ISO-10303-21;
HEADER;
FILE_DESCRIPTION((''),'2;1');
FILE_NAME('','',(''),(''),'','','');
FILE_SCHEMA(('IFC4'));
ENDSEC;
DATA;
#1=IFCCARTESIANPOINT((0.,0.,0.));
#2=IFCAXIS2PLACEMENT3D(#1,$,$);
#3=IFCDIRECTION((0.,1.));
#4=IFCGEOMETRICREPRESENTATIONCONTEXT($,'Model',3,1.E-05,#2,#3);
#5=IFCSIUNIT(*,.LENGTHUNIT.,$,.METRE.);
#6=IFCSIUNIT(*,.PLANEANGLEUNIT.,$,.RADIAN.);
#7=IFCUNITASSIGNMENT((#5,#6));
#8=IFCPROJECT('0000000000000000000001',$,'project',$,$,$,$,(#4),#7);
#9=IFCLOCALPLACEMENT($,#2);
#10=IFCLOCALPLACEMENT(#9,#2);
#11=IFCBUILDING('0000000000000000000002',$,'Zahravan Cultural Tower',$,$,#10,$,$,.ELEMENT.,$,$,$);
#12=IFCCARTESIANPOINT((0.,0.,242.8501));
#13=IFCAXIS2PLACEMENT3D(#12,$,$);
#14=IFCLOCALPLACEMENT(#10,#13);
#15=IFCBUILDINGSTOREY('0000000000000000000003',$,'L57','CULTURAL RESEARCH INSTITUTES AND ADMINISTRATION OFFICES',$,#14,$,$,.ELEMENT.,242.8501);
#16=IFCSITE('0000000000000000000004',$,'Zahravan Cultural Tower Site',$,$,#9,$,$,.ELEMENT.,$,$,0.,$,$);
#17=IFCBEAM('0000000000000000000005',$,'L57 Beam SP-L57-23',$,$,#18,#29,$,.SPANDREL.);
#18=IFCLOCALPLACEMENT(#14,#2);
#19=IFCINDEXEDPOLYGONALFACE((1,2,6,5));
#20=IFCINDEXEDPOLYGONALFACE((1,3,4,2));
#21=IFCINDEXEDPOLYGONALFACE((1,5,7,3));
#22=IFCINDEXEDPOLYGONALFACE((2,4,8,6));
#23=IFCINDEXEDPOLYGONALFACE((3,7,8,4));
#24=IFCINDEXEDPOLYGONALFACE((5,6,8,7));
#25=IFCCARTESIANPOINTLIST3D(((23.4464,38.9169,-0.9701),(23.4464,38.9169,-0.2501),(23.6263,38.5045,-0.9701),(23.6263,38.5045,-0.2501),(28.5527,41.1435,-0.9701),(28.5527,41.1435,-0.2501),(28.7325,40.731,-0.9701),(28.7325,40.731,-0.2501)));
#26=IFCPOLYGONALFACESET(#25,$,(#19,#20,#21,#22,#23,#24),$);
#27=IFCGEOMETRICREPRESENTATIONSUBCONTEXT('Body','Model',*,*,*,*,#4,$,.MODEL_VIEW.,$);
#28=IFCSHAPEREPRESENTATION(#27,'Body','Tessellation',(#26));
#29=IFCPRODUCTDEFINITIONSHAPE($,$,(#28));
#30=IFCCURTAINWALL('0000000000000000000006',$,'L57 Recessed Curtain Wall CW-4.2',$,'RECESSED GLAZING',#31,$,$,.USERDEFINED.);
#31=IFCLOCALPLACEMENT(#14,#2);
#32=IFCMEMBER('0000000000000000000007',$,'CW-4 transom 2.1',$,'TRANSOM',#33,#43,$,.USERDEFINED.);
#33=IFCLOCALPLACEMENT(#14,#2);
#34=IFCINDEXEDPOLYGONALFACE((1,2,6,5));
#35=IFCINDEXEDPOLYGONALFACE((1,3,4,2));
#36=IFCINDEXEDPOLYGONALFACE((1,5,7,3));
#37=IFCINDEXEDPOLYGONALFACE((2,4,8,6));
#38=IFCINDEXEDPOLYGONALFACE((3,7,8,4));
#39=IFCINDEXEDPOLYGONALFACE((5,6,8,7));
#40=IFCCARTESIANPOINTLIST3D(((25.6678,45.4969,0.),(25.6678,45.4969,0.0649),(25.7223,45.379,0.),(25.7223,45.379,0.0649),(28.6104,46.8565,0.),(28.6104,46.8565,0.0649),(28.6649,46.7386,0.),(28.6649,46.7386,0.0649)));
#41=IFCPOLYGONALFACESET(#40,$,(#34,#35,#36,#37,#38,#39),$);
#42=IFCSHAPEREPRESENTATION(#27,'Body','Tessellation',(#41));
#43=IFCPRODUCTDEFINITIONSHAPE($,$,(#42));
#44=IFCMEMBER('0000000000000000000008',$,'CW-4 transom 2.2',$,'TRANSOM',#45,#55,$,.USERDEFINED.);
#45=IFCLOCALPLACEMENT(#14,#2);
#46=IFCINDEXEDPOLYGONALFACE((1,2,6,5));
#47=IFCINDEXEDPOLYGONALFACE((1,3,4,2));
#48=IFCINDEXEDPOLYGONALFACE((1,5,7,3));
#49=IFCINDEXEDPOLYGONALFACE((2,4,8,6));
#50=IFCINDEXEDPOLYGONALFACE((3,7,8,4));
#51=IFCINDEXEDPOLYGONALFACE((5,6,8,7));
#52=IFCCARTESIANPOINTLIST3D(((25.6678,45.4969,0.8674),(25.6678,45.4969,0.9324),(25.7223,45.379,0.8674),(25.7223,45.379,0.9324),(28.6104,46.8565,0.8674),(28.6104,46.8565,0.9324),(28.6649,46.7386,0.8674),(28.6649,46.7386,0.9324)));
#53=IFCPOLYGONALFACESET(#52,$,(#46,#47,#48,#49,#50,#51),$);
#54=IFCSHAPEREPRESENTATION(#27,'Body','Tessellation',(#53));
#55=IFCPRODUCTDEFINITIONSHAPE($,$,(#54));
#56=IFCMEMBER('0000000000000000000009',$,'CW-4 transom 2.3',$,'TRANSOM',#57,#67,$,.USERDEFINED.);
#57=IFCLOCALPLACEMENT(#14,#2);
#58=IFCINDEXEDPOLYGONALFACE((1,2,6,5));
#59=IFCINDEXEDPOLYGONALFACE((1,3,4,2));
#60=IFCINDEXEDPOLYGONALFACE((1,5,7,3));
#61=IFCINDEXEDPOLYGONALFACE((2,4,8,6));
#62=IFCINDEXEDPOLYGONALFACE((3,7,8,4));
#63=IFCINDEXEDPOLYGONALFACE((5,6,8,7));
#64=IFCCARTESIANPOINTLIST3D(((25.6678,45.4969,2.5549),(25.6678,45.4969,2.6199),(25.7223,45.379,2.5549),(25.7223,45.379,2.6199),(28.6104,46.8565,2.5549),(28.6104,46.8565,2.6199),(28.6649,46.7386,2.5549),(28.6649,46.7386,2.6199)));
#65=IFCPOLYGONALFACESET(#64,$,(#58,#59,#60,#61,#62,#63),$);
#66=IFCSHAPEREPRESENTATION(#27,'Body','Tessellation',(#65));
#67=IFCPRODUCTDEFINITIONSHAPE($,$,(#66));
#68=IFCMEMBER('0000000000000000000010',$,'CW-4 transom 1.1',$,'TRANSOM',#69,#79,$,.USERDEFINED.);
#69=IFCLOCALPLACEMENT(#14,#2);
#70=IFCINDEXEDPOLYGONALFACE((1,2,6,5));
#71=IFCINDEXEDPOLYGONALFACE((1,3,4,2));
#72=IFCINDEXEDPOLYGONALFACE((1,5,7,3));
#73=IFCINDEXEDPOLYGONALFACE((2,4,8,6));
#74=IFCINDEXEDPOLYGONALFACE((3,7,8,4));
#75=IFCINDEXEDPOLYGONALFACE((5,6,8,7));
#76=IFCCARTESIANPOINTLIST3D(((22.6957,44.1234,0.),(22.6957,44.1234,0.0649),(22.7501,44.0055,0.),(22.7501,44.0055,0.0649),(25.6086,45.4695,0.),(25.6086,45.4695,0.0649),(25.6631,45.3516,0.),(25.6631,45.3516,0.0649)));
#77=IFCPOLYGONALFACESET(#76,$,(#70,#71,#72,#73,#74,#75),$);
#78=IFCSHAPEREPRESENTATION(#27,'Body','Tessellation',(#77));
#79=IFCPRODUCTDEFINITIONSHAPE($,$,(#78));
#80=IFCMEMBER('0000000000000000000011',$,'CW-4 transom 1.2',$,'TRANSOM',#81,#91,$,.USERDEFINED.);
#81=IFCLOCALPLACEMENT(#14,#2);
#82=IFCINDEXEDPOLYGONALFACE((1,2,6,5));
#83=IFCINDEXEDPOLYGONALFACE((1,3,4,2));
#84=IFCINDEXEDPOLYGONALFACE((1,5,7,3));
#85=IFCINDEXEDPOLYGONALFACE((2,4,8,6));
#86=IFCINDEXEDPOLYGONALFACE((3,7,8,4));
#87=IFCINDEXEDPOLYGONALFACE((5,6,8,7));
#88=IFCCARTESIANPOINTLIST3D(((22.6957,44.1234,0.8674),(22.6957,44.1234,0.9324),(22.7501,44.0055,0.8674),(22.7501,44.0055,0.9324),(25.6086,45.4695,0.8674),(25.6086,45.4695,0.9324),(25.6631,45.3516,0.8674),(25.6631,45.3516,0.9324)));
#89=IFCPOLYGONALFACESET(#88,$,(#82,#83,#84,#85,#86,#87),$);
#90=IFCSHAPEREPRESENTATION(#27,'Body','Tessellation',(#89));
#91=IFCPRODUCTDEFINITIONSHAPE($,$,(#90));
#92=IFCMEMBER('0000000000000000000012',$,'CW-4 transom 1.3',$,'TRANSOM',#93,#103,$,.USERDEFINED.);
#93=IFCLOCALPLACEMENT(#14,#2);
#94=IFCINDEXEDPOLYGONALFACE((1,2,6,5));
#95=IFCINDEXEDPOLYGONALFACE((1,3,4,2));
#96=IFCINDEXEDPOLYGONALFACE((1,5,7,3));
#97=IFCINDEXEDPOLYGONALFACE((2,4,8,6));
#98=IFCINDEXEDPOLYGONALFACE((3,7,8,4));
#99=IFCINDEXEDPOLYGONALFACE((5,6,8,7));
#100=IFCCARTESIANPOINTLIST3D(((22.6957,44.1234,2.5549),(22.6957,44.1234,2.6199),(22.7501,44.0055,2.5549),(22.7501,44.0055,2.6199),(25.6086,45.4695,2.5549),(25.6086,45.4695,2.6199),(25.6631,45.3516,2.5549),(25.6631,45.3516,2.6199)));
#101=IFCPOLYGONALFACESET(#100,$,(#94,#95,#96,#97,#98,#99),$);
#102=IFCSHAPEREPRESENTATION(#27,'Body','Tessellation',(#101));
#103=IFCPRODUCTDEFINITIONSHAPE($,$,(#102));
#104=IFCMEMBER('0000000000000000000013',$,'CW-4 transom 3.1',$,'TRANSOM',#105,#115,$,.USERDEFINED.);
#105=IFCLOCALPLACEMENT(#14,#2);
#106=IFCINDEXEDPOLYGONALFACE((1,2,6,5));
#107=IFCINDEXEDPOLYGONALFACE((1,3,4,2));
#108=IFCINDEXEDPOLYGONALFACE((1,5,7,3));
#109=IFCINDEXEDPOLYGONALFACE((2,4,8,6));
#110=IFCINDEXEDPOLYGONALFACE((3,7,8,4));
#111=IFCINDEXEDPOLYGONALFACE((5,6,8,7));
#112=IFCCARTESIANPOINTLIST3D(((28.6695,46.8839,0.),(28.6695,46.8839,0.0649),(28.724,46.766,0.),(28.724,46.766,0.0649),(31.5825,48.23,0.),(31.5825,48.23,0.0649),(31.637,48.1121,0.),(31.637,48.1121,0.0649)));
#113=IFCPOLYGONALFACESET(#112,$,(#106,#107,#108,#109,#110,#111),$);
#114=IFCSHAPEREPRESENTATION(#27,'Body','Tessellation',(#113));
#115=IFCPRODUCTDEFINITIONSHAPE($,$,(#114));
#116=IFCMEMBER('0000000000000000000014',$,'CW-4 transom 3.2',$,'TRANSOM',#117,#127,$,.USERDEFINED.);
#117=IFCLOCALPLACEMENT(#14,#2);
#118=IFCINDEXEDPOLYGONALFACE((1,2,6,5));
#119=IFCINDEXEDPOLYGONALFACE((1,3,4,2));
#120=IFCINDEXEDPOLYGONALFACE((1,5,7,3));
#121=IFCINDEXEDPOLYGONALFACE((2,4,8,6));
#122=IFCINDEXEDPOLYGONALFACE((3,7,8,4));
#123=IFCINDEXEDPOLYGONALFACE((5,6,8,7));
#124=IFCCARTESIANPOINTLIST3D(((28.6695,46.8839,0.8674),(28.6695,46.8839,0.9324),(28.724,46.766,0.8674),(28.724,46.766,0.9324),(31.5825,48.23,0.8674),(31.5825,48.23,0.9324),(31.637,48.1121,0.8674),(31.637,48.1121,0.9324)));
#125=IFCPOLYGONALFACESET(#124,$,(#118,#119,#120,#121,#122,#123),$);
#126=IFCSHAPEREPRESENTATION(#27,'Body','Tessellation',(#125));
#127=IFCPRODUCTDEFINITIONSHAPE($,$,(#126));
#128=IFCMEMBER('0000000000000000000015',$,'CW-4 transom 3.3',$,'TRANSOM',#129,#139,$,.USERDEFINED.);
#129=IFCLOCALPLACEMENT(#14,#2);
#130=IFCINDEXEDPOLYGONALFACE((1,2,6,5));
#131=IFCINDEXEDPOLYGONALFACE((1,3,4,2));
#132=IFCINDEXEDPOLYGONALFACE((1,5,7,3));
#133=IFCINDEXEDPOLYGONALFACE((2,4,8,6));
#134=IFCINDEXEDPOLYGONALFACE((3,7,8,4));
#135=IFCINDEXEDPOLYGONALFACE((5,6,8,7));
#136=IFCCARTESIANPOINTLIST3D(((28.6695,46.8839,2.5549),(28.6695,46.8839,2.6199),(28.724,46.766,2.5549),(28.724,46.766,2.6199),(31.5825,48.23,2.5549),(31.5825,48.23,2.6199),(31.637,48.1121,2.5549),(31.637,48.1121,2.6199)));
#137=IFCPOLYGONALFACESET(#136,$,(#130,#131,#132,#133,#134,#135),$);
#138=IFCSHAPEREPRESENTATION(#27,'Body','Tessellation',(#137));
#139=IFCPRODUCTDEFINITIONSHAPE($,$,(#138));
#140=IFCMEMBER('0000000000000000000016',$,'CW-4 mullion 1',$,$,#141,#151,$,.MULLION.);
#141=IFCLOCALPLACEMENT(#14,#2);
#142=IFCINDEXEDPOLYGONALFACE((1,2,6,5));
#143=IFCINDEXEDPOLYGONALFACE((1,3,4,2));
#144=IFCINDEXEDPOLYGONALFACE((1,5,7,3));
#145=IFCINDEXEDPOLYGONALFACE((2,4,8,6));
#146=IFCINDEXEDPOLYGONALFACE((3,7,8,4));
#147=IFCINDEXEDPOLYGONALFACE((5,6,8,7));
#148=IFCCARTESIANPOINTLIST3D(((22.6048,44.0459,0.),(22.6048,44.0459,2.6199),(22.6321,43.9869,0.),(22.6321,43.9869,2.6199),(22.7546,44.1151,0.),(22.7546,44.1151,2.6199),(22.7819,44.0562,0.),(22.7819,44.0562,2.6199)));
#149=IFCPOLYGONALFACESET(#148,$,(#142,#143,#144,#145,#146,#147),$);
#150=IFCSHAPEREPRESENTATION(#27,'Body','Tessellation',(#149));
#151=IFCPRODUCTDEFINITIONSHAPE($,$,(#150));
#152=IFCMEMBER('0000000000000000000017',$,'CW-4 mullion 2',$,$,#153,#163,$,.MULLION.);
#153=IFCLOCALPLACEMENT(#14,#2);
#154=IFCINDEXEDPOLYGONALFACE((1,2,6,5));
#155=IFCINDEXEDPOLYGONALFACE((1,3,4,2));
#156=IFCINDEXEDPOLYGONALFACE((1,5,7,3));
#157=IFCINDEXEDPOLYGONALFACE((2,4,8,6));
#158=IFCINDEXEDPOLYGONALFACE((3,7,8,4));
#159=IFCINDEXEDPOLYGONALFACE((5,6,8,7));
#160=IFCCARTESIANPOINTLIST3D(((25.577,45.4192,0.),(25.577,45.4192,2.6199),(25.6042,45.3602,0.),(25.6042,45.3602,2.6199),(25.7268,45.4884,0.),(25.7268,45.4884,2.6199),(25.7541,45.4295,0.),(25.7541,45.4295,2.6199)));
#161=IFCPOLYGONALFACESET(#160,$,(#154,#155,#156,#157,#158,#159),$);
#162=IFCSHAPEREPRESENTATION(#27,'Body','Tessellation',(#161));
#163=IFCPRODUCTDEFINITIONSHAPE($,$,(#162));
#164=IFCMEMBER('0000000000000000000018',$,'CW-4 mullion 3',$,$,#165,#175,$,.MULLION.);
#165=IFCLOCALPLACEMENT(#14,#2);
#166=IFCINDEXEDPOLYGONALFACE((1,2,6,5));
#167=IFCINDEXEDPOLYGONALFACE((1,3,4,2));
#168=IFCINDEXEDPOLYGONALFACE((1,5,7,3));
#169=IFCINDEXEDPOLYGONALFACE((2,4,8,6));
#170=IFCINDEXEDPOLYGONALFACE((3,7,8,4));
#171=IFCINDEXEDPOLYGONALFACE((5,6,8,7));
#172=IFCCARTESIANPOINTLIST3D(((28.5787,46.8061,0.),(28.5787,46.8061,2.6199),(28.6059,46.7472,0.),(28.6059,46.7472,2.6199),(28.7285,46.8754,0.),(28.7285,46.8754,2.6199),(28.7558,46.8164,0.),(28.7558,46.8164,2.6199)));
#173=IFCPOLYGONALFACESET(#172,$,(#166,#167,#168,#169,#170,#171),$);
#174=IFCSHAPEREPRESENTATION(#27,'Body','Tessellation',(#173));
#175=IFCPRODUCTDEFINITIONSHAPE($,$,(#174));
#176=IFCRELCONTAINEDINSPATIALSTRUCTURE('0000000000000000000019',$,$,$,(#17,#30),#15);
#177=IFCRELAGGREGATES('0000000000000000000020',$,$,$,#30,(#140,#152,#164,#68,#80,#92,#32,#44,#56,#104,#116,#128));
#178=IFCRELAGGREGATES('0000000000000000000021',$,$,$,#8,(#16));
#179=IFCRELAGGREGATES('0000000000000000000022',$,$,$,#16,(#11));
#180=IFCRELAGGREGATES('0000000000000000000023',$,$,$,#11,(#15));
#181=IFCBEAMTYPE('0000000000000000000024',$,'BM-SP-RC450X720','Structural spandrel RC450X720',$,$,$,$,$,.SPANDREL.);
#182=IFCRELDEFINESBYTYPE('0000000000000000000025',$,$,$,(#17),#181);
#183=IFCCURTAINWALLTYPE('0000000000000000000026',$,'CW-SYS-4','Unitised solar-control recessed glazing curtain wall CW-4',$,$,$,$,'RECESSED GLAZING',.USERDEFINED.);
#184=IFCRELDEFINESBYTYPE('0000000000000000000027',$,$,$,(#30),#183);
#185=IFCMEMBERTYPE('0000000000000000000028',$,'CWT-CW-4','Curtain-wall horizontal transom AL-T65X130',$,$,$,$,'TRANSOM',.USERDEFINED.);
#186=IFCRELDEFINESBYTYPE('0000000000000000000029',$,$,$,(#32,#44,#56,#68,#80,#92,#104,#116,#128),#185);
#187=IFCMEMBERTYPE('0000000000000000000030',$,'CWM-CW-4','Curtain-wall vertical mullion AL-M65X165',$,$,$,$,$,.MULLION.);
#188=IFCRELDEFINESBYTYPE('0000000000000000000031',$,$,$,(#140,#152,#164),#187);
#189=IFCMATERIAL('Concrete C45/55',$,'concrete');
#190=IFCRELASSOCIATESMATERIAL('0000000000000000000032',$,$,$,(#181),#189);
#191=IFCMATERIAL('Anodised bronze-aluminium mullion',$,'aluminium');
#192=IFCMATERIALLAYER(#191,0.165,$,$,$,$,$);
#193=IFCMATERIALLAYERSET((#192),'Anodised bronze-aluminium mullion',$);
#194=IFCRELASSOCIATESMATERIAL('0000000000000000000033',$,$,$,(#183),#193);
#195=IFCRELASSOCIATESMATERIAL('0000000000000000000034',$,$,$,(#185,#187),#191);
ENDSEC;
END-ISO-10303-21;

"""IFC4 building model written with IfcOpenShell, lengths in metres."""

from ifc_helpers import new_model, si_unit, direction, frame, origin, origin_2d, place, context, subcontext, project, spatial, rectangle, extrude, source, transform, mapped, material, layer, layer_set, material_profile, profile_set, type_object, element, aggregate, save


model = new_model("IFC4")

# Units and contexts
model_context = context("Model", 3, precision=1e-05, world=origin(), true_north=direction((0.0, 1.0)))
body_context = subcontext(model_context, "Body", "Model", "MODEL_VIEW")
ifc_project = project(units=[si_unit("LENGTHUNIT", "METRE"), si_unit("PLANEANGLEUNIT", "RADIAN")], contexts=[model_context])

# Site, building, storey
site_placement = place(None, origin())
site = spatial("IfcSite", under=ifc_project, at=site_placement, Name="Zahravan Cultural Tower Site", CompositionType="ELEMENT", RefElevation=0.0)
building_placement = place(site_placement, origin())
building = spatial("IfcBuilding", under=site, at=building_placement, Name="Zahravan Cultural Tower", CompositionType="ELEMENT")
storey_placement = place(building_placement, frame((0.0, 0.0, 242.8501)))
storey = spatial("IfcBuildingStorey", under=building, at=storey_placement, Name="L57", Description="CULTURAL RESEARCH INSTITUTES AND ADMINISTRATION OFFICES", CompositionType="ELEMENT", Elevation=242.8501)

# Beam
ifc_material_1 = material(Name="Concrete C45/55", Category="concrete")
ifc_material_profile_1 = material_profile(ifc_material_1, rectangle(XDim=0.45, YDim=0.72, at=origin_2d()), Name="RC450X720")
ifc_profile_set_1 = profile_set([ifc_material_profile_1], Name="Concrete C45/55")
beam_type_1 = type_object("IfcBeamType", Name="BM-SP-RC450X720", Description="Structural spandrel RC450X720", PredefinedType="SPANDREL", material=ifc_profile_set_1)
shared_shape_1 = source(origin(), body_context, "Body", "SweptSolid", [
    extrude(rectangle(XDim=0.45, YDim=0.72, at=origin_2d()), origin(), (0.0, 0.0, 1.0), 5.5706),
])
beam_1_placement = place(storey_placement, frame((28.6426, 40.9373, -0.6101), z_axis=(-0.916645, -0.399703, 0.0), x_axis=(0.399703, -0.916645, 0.0)))
element("IfcBeam", 1, at=beam_1_placement, inside=storey, type_object=beam_type_1, Name="L57 Beam SP-L57-23", PredefinedType="SPANDREL", context=body_context, shape_type="MappedRepresentation", body=[
    mapped(shared_shape_1, transform((0.0, 0.0, 0.0), x_axis=(1.0, 0.0, 0.0), y_axis=(0.0, 1.0, 0.0), z_axis=(0.0, 0.0, 1.0), scale=1.0)),
])

# Curtain wall, members
ifc_material_2 = material(Name="Anodised bronze-aluminium mullion", Category="aluminium")
ifc_layer_1 = layer(ifc_material_2, 0.165)
ifc_layer_set_1 = layer_set([ifc_layer_1], Name="Anodised bronze-aluminium mullion")
curtain_wall_type = type_object("IfcCurtainWallType", Name="CW-SYS-4", Description="Unitised solar-control recessed glazing curtain wall CW-4", ElementType="RECESSED GLAZING", PredefinedType="USERDEFINED", material=ifc_layer_set_1)
curtain_wall_placement = place(storey_placement, origin())
curtain_wall = element("IfcCurtainWall", 2, at=curtain_wall_placement, inside=storey, type_object=curtain_wall_type, Name="L57 Recessed Curtain Wall CW-4.2", ObjectType="RECESSED GLAZING", PredefinedType="USERDEFINED")
ifc_material_profile_2 = material_profile(ifc_material_2, rectangle(XDim=0.1299, YDim=0.0649, at=origin_2d()), Name="AL-T65X130")
ifc_profile_set_2 = profile_set([ifc_material_profile_2], Name="Anodised bronze-aluminium mullion")
member_type_1 = type_object("IfcMemberType", Name="CWT-CW-4", Description="Curtain-wall horizontal transom AL-T65X130", ElementType="TRANSOM", PredefinedType="USERDEFINED", material=ifc_profile_set_2)
shared_shape_2 = source(origin(), body_context, "Body", "SweptSolid", [
    extrude(rectangle(XDim=0.1299, YDim=0.0649, at=origin_2d()), origin(), (0.0, 0.0, 1.0), 3.2415),
])
member_1_placement = place(storey_placement, frame((25.6951, 45.438, 0.0325), z_axis=(0.907785, 0.419435, 0.0), x_axis=(-0.419435, 0.907785, 0.0)))
member_1 = element("IfcMember", 3, at=member_1_placement, type_object=member_type_1, Name="CW-4 transom 2.1", ObjectType="TRANSOM", PredefinedType="USERDEFINED", context=body_context, shape_type="MappedRepresentation", body=[
    mapped(shared_shape_2, transform((0.0, 0.0, 0.0), x_axis=(1.0, 0.0, 0.0), y_axis=(0.0, 1.0, 0.0), z_axis=(0.0, 0.0, 1.0), scale=1.0)),
])
member_2_placement = place(storey_placement, frame((25.6951, 45.438, 0.8999), z_axis=(0.907785, 0.419435, 0.0), x_axis=(-0.419435, 0.907785, 0.0)))
member_2 = element("IfcMember", 4, at=member_2_placement, type_object=member_type_1, Name="CW-4 transom 2.2", ObjectType="TRANSOM", PredefinedType="USERDEFINED", context=body_context, shape_type="MappedRepresentation", body=[
    mapped(shared_shape_2, transform((0.0, 0.0, 0.0), x_axis=(1.0, 0.0, 0.0), y_axis=(0.0, 1.0, 0.0), z_axis=(0.0, 0.0, 1.0), scale=1.0)),
])
member_3_placement = place(storey_placement, frame((25.6951, 45.438, 2.5874), z_axis=(0.907785, 0.419435, 0.0), x_axis=(-0.419435, 0.907785, 0.0)))
member_3 = element("IfcMember", 5, at=member_3_placement, type_object=member_type_1, Name="CW-4 transom 2.3", ObjectType="TRANSOM", PredefinedType="USERDEFINED", context=body_context, shape_type="MappedRepresentation", body=[
    mapped(shared_shape_2, transform((0.0, 0.0, 0.0), x_axis=(1.0, 0.0, 0.0), y_axis=(0.0, 1.0, 0.0), z_axis=(0.0, 0.0, 1.0), scale=1.0)),
])
shared_shape_3 = source(origin(), body_context, "Body", "SweptSolid", [
    extrude(rectangle(XDim=0.1299, YDim=0.0649, at=origin_2d()), origin(), (0.0, 0.0, 1.0), 3.209),
])
member_4_placement = place(storey_placement, frame((22.7229, 44.0645, 0.0325), z_axis=(0.907759, 0.419492, 0.0), x_axis=(-0.419492, 0.907759, 0.0)))
member_4 = element("IfcMember", 6, at=member_4_placement, type_object=member_type_1, Name="CW-4 transom 1.1", ObjectType="TRANSOM", PredefinedType="USERDEFINED", context=body_context, shape_type="MappedRepresentation", body=[
    mapped(shared_shape_3, transform((0.0, 0.0, 0.0), x_axis=(1.0, 0.0, 0.0), y_axis=(0.0, 1.0, 0.0), z_axis=(0.0, 0.0, 1.0), scale=1.0)),
])
member_5_placement = place(storey_placement, frame((22.7229, 44.0645, 0.8999), z_axis=(0.907759, 0.419492, 0.0), x_axis=(-0.419492, 0.907759, 0.0)))
member_5 = element("IfcMember", 7, at=member_5_placement, type_object=member_type_1, Name="CW-4 transom 1.2", ObjectType="TRANSOM", PredefinedType="USERDEFINED", context=body_context, shape_type="MappedRepresentation", body=[
    mapped(shared_shape_3, transform((0.0, 0.0, 0.0), x_axis=(1.0, 0.0, 0.0), y_axis=(0.0, 1.0, 0.0), z_axis=(0.0, 0.0, 1.0), scale=1.0)),
])
member_6_placement = place(storey_placement, frame((22.7229, 44.0645, 2.5874), z_axis=(0.907759, 0.419492, 0.0), x_axis=(-0.419492, 0.907759, 0.0)))
member_6 = element("IfcMember", 8, at=member_6_placement, type_object=member_type_1, Name="CW-4 transom 1.3", ObjectType="TRANSOM", PredefinedType="USERDEFINED", context=body_context, shape_type="MappedRepresentation", body=[
    mapped(shared_shape_3, transform((0.0, 0.0, 0.0), x_axis=(1.0, 0.0, 0.0), y_axis=(0.0, 1.0, 0.0), z_axis=(0.0, 0.0, 1.0), scale=1.0)),
])
member_7_placement = place(storey_placement, frame((28.6968, 46.825, 0.0325), z_axis=(0.907759, 0.419492, 0.0), x_axis=(-0.419492, 0.907759, 0.0)))
member_7 = element("IfcMember", 9, at=member_7_placement, type_object=member_type_1, Name="CW-4 transom 3.1", ObjectType="TRANSOM", PredefinedType="USERDEFINED", context=body_context, shape_type="MappedRepresentation", body=[
    mapped(shared_shape_3, transform((0.0, 0.0, 0.0), x_axis=(1.0, 0.0, 0.0), y_axis=(0.0, 1.0, 0.0), z_axis=(0.0, 0.0, 1.0), scale=1.0)),
])
member_8_placement = place(storey_placement, frame((28.6968, 46.825, 0.8999), z_axis=(0.907759, 0.419492, 0.0), x_axis=(-0.419492, 0.907759, 0.0)))
member_8 = element("IfcMember", 10, at=member_8_placement, type_object=member_type_1, Name="CW-4 transom 3.2", ObjectType="TRANSOM", PredefinedType="USERDEFINED", context=body_context, shape_type="MappedRepresentation", body=[
    mapped(shared_shape_3, transform((0.0, 0.0, 0.0), x_axis=(1.0, 0.0, 0.0), y_axis=(0.0, 1.0, 0.0), z_axis=(0.0, 0.0, 1.0), scale=1.0)),
])
member_9_placement = place(storey_placement, frame((28.6968, 46.825, 2.5874), z_axis=(0.907759, 0.419492, 0.0), x_axis=(-0.419492, 0.907759, 0.0)))
member_9 = element("IfcMember", 11, at=member_9_placement, type_object=member_type_1, Name="CW-4 transom 3.3", ObjectType="TRANSOM", PredefinedType="USERDEFINED", context=body_context, shape_type="MappedRepresentation", body=[
    mapped(shared_shape_3, transform((0.0, 0.0, 0.0), x_axis=(1.0, 0.0, 0.0), y_axis=(0.0, 1.0, 0.0), z_axis=(0.0, 0.0, 1.0), scale=1.0)),
])
ifc_material_profile_3 = material_profile(ifc_material_2, rectangle(XDim=0.0649, YDim=0.165, at=origin_2d()), Name="AL-M65X165")
ifc_profile_set_3 = profile_set([ifc_material_profile_3], Name="Anodised bronze-aluminium mullion")
member_type_2 = type_object("IfcMemberType", Name="CWM-CW-4", Description="Curtain-wall vertical mullion AL-M65X165", PredefinedType="MULLION", material=ifc_profile_set_3)
shared_shape_4 = source(origin(), body_context, "Body", "SweptSolid", [
    extrude(rectangle(XDim=0.0649, YDim=0.165, at=origin_2d()), origin(), (0.0, 0.0, 1.0), 2.6199),
])
member_10_placement = place(storey_placement, frame((22.6934, 44.051, 0.0), z_axis=(0.0, 0.0, 1.0), x_axis=(-0.419457, 0.907775, 0.0)))
member_10 = element("IfcMember", 12, at=member_10_placement, type_object=member_type_2, Name="CW-4 mullion 1", PredefinedType="MULLION", context=body_context, shape_type="MappedRepresentation", body=[
    mapped(shared_shape_4, transform((0.0, 0.0, 0.0), x_axis=(1.0, 0.0, 0.0), y_axis=(0.0, 1.0, 0.0), z_axis=(0.0, 0.0, 1.0), scale=1.0)),
])
member_11_placement = place(storey_placement, frame((25.6655, 45.4243, 0.0), z_axis=(0.0, 0.0, 1.0), x_axis=(-0.419457, 0.907775, 0.0)))
member_11 = element("IfcMember", 13, at=member_11_placement, type_object=member_type_2, Name="CW-4 mullion 2", PredefinedType="MULLION", context=body_context, shape_type="MappedRepresentation", body=[
    mapped(shared_shape_4, transform((0.0, 0.0, 0.0), x_axis=(1.0, 0.0, 0.0), y_axis=(0.0, 1.0, 0.0), z_axis=(0.0, 0.0, 1.0), scale=1.0)),
])
member_12_placement = place(storey_placement, frame((28.6672, 46.8113, 0.0), z_axis=(0.0, 0.0, 1.0), x_axis=(-0.419457, 0.907775, 0.0)))
member_12 = element("IfcMember", 14, at=member_12_placement, type_object=member_type_2, Name="CW-4 mullion 3", PredefinedType="MULLION", context=body_context, shape_type="MappedRepresentation", body=[
    mapped(shared_shape_4, transform((0.0, 0.0, 0.0), x_axis=(1.0, 0.0, 0.0), y_axis=(0.0, 1.0, 0.0), z_axis=(0.0, 0.0, 1.0), scale=1.0)),
])
aggregate(curtain_wall, [member_10, member_11, member_12, member_4, member_5, member_6, member_1, member_2, member_3, member_7, member_8, member_9])

save(model, "model.ifc")
